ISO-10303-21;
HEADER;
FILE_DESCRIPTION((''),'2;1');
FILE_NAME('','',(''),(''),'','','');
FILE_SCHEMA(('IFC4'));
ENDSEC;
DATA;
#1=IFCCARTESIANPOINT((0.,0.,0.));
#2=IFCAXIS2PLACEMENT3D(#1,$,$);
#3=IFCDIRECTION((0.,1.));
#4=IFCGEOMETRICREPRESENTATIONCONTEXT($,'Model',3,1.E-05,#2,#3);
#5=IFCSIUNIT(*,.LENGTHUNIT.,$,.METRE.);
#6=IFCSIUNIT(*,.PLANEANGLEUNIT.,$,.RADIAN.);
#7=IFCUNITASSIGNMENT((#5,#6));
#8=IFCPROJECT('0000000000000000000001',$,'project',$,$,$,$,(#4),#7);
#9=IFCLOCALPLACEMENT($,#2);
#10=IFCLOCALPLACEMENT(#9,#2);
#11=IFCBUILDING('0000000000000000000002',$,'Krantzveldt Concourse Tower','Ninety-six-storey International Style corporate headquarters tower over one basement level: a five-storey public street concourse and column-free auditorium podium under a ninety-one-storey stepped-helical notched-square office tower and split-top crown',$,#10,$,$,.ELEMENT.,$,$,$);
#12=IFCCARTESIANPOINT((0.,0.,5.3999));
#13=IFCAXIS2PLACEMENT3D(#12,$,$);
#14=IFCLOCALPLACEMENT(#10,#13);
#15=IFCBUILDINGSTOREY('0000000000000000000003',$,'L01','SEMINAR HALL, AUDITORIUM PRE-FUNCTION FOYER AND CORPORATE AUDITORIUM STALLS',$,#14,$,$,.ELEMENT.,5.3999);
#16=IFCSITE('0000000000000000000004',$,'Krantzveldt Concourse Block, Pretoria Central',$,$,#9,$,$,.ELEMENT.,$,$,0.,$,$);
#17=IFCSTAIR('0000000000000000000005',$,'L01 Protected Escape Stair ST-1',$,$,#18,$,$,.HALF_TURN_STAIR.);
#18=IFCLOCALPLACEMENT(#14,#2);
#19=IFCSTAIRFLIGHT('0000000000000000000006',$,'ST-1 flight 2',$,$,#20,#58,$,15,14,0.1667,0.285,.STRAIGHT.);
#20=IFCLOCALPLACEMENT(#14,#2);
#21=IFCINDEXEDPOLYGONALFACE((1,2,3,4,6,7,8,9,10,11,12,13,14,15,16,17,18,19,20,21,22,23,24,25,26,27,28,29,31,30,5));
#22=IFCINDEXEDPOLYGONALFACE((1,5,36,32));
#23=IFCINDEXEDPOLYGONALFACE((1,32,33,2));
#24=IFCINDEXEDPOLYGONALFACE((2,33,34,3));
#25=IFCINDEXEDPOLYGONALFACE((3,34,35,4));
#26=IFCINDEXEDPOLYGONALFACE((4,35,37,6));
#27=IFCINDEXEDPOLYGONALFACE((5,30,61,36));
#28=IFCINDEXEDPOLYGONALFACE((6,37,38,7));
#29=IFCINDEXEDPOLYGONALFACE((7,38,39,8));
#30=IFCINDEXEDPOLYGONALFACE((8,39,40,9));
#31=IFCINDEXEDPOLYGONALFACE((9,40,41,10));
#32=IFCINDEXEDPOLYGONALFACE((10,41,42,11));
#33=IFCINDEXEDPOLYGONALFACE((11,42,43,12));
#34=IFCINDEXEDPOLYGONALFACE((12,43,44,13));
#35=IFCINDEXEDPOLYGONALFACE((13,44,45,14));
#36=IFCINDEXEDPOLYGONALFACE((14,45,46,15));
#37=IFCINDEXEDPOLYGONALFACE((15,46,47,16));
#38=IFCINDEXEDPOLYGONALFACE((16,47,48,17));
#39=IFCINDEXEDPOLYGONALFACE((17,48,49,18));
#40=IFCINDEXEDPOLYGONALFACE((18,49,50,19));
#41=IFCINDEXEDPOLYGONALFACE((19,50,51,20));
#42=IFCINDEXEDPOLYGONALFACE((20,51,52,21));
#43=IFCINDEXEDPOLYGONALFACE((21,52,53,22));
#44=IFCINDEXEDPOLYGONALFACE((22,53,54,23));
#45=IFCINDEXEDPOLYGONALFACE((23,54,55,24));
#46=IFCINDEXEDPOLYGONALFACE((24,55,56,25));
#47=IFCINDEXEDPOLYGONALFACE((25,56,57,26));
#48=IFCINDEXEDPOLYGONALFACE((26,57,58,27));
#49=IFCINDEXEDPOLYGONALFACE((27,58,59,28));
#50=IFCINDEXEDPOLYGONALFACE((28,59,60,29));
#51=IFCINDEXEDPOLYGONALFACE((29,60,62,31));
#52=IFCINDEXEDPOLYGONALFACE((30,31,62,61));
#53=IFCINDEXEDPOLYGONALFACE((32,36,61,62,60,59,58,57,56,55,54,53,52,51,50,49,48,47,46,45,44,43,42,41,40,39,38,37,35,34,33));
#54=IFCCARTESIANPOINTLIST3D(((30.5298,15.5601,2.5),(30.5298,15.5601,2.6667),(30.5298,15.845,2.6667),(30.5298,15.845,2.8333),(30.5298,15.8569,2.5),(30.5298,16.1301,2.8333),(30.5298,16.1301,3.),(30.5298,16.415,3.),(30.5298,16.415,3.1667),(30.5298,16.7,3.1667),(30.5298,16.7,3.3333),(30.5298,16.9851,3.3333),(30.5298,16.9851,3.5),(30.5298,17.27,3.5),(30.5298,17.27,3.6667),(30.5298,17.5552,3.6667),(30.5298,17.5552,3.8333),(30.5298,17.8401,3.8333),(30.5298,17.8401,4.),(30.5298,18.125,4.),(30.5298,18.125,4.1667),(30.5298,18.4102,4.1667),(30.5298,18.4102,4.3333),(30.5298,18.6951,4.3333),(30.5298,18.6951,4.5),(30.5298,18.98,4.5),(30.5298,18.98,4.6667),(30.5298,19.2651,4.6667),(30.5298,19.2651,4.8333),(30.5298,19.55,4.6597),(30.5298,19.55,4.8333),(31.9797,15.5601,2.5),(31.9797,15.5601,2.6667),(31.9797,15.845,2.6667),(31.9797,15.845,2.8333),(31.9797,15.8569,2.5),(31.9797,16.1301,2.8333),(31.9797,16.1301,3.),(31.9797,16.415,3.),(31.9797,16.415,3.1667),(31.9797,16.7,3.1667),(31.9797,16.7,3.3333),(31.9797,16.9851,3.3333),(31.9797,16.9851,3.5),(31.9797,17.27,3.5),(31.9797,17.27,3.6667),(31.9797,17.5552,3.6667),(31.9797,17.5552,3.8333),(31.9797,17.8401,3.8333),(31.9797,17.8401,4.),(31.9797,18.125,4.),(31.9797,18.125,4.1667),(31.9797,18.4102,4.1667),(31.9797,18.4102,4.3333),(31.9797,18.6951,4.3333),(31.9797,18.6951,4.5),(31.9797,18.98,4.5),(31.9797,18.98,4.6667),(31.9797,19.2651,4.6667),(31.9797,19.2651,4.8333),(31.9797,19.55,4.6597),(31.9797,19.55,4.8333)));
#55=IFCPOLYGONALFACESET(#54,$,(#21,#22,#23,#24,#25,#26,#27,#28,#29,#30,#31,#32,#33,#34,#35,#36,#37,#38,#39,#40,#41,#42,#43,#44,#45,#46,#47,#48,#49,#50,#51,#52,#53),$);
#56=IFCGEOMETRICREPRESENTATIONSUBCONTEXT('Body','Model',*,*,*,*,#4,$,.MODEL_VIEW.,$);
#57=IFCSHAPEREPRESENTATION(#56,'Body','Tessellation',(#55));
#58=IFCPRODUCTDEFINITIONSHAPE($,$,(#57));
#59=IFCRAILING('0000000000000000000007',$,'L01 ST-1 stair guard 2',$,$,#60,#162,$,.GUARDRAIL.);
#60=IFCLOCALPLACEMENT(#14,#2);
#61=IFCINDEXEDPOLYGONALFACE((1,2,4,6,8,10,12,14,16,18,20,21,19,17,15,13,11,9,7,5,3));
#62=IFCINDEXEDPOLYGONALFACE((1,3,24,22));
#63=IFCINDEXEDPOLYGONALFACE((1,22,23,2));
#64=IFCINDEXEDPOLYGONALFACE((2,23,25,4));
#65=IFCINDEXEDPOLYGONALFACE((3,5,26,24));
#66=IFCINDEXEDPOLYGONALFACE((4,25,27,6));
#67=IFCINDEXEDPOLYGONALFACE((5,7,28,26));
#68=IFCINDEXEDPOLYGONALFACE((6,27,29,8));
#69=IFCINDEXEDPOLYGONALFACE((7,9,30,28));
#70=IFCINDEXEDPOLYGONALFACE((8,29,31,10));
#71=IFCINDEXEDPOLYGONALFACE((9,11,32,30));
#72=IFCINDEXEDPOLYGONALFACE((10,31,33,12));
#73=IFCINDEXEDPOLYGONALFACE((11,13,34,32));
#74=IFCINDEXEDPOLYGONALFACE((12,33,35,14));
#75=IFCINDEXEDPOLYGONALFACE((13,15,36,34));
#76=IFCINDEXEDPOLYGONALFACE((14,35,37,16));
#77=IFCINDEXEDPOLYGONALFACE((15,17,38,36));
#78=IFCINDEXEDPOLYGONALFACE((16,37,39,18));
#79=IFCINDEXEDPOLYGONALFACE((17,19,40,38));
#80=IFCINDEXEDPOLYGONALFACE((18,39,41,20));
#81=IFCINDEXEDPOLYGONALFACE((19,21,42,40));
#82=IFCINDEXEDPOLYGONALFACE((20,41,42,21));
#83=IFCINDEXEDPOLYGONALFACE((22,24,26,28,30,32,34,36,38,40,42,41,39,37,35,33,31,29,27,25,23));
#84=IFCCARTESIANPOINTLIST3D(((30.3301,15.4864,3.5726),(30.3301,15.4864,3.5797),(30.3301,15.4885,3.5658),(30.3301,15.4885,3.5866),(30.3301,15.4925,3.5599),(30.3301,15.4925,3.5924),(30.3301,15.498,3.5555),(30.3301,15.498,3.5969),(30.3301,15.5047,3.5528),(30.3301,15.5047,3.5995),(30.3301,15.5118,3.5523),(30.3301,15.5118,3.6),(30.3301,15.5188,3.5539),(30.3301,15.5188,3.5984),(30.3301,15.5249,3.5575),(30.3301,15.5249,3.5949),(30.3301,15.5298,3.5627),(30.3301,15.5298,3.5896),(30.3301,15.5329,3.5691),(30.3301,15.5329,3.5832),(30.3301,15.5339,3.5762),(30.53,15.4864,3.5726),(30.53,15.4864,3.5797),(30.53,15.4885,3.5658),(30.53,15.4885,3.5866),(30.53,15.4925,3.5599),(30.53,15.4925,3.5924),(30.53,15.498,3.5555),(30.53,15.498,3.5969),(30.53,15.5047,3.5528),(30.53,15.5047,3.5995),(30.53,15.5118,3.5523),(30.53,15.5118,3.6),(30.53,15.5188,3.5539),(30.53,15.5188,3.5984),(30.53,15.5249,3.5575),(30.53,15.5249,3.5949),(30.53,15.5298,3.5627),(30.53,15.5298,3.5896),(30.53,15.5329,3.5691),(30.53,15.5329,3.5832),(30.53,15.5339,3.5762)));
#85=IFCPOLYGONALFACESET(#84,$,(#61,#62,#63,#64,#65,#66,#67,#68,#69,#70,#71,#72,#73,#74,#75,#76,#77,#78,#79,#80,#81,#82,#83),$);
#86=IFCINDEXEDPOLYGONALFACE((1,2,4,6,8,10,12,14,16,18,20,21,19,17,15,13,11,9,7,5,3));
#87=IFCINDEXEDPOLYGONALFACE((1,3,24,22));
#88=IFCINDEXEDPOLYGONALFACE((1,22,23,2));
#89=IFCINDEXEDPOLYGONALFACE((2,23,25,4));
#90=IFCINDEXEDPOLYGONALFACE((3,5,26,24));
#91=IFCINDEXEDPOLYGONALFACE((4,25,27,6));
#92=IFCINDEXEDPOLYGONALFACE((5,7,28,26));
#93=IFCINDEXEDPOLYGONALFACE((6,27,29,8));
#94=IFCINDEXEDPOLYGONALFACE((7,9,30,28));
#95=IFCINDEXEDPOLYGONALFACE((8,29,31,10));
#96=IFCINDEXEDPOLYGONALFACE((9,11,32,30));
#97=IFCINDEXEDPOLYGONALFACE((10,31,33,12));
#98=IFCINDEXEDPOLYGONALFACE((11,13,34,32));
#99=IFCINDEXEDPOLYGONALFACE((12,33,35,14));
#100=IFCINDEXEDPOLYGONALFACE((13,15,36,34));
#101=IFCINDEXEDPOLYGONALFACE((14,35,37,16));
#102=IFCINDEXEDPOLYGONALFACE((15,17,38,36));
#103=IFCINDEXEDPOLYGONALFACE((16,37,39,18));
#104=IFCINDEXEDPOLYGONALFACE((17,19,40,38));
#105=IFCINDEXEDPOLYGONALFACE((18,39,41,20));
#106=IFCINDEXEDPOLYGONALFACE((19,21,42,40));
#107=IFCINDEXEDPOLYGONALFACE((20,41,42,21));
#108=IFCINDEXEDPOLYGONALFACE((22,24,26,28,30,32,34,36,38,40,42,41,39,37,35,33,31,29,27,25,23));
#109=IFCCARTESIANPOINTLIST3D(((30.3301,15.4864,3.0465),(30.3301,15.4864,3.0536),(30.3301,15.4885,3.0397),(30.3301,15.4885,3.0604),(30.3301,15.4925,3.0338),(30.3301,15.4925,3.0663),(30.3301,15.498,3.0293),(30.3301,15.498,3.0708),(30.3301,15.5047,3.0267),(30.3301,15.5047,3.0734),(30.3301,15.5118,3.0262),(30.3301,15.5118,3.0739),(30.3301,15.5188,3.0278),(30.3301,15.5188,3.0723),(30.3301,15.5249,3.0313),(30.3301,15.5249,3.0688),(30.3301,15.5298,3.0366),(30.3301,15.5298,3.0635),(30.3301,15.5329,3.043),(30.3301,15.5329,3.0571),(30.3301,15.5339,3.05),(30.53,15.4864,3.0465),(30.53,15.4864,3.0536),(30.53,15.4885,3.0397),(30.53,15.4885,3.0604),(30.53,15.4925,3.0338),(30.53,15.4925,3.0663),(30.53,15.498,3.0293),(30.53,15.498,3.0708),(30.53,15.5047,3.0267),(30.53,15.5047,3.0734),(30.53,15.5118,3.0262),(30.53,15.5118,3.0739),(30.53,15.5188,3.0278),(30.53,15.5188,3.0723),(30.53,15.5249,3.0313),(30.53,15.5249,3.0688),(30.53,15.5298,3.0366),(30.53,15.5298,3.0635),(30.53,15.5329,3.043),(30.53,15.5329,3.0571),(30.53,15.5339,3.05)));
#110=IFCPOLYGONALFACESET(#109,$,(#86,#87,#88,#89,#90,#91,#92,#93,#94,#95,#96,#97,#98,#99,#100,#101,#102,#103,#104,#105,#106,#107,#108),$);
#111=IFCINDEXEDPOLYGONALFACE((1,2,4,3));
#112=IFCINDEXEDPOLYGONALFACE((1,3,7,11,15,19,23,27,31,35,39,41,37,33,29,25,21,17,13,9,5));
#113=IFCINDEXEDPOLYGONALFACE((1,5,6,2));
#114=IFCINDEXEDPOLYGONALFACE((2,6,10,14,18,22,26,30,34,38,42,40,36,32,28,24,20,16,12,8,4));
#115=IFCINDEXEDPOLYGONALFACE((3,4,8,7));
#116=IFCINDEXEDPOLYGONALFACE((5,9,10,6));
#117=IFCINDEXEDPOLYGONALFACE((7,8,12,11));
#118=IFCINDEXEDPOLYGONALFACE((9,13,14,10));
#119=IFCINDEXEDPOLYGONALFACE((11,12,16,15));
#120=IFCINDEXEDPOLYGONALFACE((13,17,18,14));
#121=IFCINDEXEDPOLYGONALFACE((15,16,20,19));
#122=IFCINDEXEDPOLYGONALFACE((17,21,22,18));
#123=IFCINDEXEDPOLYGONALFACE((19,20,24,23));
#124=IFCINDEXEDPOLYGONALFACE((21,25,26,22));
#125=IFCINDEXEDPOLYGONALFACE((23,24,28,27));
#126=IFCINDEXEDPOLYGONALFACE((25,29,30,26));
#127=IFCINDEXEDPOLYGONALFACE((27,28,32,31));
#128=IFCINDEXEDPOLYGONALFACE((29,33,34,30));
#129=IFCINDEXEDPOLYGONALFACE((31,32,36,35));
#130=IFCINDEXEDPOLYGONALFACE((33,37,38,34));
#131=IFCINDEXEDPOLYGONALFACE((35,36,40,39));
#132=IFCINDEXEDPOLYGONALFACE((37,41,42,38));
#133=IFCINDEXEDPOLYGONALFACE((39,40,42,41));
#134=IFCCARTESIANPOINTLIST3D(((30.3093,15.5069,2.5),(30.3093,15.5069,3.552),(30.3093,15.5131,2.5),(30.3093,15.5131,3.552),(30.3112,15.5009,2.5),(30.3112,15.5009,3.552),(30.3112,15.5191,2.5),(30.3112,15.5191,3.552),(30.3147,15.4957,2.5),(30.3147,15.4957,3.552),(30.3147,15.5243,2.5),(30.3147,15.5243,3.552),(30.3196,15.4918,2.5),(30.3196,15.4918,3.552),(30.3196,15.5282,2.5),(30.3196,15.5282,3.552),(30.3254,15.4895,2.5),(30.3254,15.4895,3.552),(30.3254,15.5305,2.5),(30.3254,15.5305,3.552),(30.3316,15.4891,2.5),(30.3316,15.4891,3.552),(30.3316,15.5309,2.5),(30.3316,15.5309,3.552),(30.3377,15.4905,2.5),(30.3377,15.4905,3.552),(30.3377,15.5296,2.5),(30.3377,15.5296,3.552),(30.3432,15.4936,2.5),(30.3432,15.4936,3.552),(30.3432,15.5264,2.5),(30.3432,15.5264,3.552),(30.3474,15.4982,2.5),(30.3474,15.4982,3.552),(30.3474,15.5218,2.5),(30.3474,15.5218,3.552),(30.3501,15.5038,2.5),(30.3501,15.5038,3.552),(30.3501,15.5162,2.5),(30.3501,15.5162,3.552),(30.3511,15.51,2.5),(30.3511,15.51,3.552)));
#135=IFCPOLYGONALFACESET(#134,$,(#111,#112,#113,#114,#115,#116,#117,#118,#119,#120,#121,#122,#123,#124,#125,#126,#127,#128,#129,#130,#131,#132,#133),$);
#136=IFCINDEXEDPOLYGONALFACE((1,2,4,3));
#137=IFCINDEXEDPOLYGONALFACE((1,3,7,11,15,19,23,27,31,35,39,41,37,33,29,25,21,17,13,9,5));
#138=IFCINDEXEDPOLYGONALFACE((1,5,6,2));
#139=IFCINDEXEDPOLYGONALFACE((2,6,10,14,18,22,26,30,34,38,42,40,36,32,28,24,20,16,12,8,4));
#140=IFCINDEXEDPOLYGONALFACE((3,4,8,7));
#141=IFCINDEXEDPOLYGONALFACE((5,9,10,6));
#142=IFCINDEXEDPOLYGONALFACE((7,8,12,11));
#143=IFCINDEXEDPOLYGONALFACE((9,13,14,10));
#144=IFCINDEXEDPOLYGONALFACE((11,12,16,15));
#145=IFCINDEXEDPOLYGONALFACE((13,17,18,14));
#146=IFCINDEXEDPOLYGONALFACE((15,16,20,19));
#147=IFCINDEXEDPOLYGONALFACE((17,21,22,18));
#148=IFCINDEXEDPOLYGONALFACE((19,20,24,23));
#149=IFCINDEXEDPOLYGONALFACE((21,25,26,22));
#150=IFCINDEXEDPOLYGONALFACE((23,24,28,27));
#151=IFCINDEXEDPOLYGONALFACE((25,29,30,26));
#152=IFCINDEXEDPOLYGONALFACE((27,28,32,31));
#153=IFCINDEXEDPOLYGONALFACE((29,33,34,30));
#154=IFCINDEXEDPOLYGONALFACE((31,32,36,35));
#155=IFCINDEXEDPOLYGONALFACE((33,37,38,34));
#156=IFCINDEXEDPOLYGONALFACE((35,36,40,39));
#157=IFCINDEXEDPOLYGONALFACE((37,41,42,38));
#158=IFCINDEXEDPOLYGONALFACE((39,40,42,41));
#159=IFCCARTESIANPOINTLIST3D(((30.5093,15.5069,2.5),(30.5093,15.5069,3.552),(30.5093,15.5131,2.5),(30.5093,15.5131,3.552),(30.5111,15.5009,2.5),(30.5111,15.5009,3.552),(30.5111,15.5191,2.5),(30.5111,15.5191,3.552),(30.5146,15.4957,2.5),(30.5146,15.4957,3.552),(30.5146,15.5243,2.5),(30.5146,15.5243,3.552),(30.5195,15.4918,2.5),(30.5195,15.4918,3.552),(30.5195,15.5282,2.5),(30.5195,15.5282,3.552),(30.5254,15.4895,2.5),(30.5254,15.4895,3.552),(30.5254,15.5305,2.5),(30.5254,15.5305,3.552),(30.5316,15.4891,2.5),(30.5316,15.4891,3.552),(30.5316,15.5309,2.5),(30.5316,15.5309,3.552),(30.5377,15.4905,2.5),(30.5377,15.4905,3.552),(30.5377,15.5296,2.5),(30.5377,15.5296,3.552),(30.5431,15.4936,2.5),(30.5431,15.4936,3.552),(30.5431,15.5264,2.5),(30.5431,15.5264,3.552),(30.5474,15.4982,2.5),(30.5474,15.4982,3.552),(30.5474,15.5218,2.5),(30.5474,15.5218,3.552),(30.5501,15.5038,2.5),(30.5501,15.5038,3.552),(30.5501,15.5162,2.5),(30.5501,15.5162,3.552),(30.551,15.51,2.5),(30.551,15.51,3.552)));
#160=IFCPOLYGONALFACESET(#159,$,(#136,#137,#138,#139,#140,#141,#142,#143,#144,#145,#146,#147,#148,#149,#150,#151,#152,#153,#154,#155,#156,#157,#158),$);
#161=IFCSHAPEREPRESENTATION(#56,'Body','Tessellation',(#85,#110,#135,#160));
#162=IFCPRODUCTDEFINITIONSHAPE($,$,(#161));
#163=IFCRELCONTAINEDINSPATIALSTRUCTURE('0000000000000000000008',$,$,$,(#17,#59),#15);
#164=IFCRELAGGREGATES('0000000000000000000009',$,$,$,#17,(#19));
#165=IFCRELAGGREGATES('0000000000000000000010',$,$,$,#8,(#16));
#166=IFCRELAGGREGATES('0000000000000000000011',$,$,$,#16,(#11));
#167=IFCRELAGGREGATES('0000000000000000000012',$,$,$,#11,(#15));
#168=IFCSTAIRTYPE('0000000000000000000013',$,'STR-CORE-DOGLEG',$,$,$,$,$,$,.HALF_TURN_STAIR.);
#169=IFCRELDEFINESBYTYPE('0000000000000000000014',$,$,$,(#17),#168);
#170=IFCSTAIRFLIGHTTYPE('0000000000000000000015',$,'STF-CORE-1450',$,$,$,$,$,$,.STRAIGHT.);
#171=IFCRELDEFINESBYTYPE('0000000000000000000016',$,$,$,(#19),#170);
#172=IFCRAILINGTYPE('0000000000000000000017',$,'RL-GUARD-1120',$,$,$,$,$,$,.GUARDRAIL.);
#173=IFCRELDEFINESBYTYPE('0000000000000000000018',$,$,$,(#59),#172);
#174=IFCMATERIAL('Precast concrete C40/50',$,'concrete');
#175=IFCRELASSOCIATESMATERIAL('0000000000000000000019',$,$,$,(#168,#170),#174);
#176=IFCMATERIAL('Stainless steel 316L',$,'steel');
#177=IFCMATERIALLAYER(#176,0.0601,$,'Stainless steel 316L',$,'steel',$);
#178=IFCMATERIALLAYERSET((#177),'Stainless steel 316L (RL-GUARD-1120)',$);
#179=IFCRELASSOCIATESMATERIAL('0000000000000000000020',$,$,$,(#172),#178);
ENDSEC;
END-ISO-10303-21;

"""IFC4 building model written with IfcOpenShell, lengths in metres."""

from ifc_helpers import new_model, si_unit, direction, frame, origin, origin_2d, place, context, subcontext, project, spatial, polyline, circle, outline, extrude, material, layer, layer_set, type_object, element, aggregate, save


model = new_model("IFC4")

# Units and contexts
model_context = context("Model", 3, precision=1e-05, world=origin(), true_north=direction((0.0, 1.0)))
body_context = subcontext(model_context, "Body", "Model", "MODEL_VIEW")
ifc_project = project(units=[si_unit("LENGTHUNIT", "METRE"), si_unit("PLANEANGLEUNIT", "RADIAN")], contexts=[model_context])

# Site, building, storey
site_placement = place(None, origin())
site = spatial("IfcSite", under=ifc_project, at=site_placement, Name="Krantzveldt Concourse Block, Pretoria Central", CompositionType="ELEMENT", RefElevation=0.0)
building_placement = place(site_placement, origin())
building = spatial("IfcBuilding", under=site, at=building_placement, Name="Krantzveldt Concourse Tower", Description="Ninety-six-storey International Style corporate headquarters tower over one basement level: a five-storey public street concourse and column-free auditorium podium under a ninety-one-storey stepped-helical notched-square office tower and split-top crown", CompositionType="ELEMENT")
storey_placement = place(building_placement, frame((0.0, 0.0, 5.3999)))
storey = spatial("IfcBuildingStorey", under=building, at=storey_placement, Name="L01", Description="SEMINAR HALL, AUDITORIUM PRE-FUNCTION FOYER AND CORPORATE AUDITORIUM STALLS", CompositionType="ELEMENT", Elevation=5.3999)

# Shared definitions
ifc_material_1 = material(Name="Stainless steel 316L", Category="steel")

# Stair, stair flight
ifc_material_2 = material(Name="Precast concrete C40/50", Category="concrete")
stair_type = type_object("IfcStairType", Name="STR-CORE-DOGLEG", PredefinedType="HALF_TURN_STAIR", material=ifc_material_2)
stair_placement = place(storey_placement, origin())
stair = element("IfcStair", 1, at=stair_placement, inside=storey, type_object=stair_type, Name="L01 Protected Escape Stair ST-1", PredefinedType="HALF_TURN_STAIR")
stair_flight_type = type_object("IfcStairFlightType", Name="STF-CORE-1450", PredefinedType="STRAIGHT", material=ifc_material_2)
stair_flight_1_placement = place(storey_placement, frame((31.2549, 15.5601, 2.5), z_axis=(0.0, 0.0, 1.0), x_axis=(0.0, 1.0, 0.0)))
stair_flight_1 = element("IfcStairFlight", 2, at=stair_flight_1_placement, type_object=stair_flight_type, Name="ST-1 flight 2", NumberOfRisers=15, NumberOfTreads=14, PredefinedType="STRAIGHT", RiserHeight=0.1667, TreadLength=0.285, context=body_context, shape_type="SweptSolid", body=[
    extrude(outline(polyline([(0.0, 0.0), (0.0, 0.1667), (0.2849, 0.1667), (0.2849, 0.3333), (0.5701, 0.3333), (0.5701, 0.5), (0.855, 0.5), (0.855, 0.6667), (1.1399, 0.6667), (1.1399, 0.8333), (1.425, 0.8333), (1.425, 1.0), (1.71, 1.0), (1.71, 1.1667), (1.9951, 1.1667), (1.9951, 1.3333), (2.28, 1.3333), (2.28, 1.5), (2.5649, 1.5), (2.5649, 1.6667), (2.8501, 1.6667), (2.8501, 1.8333), (3.135, 1.8333), (3.135, 2.0), (3.4199, 2.0), (3.4199, 2.1667), (3.7051, 2.1667), (3.7051, 2.3333), (3.99, 2.3333), (3.99, 2.5), (3.99, 2.1597), (0.2969, 0.0), (0.0, 0.0)])), frame((0.0, 0.7251, 0.0), z_axis=(0.0, -1.0, 0.0), x_axis=(1.0, 0.0, 0.0)), (0.0, 0.0, 1.0), 1.45),
])
aggregate(stair, [stair_flight_1])

# Railing
ifc_layer_1 = layer(ifc_material_1, 0.0601, Name="Stainless steel 316L", Category="steel")
ifc_layer_set_1 = layer_set([ifc_layer_1], Name="Stainless steel 316L (RL-GUARD-1120)")
railing_type_1 = type_object("IfcRailingType", Name="RL-GUARD-1120", PredefinedType="GUARDRAIL", material=ifc_layer_set_1)
railing_1_placement = place(storey_placement, frame((30.3301, 15.51, 2.5)))
element("IfcRailing", 3, at=railing_1_placement, inside=storey, type_object=railing_type_1, Name="L01 ST-1 stair guard 2", PredefinedType="GUARDRAIL", context=body_context, shape_type="SweptSolid", body=[
    extrude(circle(Radius=0.0239, at=origin_2d()), frame((0.0, 0.0, 1.0762), z_axis=(1.0, 0.0, 0.0), x_axis=(0.0, 1.0, 0.0)), (0.0, 0.0, 1.0), 0.2),
    extrude(circle(Radius=0.0239, at=origin_2d()), frame((0.0, 0.0, 0.55), z_axis=(1.0, 0.0, 0.0), x_axis=(0.0, 1.0, 0.0)), (0.0, 0.0, 1.0), 0.2),
    extrude(circle(Radius=0.021, at=origin_2d()), origin(), (0.0, 0.0, 1.0), 1.052),
    extrude(circle(Radius=0.021, at=origin_2d()), frame((0.2, 0.0, 0.0)), (0.0, 0.0, 1.0), 1.052),
])

save(model, "model.ifc")
